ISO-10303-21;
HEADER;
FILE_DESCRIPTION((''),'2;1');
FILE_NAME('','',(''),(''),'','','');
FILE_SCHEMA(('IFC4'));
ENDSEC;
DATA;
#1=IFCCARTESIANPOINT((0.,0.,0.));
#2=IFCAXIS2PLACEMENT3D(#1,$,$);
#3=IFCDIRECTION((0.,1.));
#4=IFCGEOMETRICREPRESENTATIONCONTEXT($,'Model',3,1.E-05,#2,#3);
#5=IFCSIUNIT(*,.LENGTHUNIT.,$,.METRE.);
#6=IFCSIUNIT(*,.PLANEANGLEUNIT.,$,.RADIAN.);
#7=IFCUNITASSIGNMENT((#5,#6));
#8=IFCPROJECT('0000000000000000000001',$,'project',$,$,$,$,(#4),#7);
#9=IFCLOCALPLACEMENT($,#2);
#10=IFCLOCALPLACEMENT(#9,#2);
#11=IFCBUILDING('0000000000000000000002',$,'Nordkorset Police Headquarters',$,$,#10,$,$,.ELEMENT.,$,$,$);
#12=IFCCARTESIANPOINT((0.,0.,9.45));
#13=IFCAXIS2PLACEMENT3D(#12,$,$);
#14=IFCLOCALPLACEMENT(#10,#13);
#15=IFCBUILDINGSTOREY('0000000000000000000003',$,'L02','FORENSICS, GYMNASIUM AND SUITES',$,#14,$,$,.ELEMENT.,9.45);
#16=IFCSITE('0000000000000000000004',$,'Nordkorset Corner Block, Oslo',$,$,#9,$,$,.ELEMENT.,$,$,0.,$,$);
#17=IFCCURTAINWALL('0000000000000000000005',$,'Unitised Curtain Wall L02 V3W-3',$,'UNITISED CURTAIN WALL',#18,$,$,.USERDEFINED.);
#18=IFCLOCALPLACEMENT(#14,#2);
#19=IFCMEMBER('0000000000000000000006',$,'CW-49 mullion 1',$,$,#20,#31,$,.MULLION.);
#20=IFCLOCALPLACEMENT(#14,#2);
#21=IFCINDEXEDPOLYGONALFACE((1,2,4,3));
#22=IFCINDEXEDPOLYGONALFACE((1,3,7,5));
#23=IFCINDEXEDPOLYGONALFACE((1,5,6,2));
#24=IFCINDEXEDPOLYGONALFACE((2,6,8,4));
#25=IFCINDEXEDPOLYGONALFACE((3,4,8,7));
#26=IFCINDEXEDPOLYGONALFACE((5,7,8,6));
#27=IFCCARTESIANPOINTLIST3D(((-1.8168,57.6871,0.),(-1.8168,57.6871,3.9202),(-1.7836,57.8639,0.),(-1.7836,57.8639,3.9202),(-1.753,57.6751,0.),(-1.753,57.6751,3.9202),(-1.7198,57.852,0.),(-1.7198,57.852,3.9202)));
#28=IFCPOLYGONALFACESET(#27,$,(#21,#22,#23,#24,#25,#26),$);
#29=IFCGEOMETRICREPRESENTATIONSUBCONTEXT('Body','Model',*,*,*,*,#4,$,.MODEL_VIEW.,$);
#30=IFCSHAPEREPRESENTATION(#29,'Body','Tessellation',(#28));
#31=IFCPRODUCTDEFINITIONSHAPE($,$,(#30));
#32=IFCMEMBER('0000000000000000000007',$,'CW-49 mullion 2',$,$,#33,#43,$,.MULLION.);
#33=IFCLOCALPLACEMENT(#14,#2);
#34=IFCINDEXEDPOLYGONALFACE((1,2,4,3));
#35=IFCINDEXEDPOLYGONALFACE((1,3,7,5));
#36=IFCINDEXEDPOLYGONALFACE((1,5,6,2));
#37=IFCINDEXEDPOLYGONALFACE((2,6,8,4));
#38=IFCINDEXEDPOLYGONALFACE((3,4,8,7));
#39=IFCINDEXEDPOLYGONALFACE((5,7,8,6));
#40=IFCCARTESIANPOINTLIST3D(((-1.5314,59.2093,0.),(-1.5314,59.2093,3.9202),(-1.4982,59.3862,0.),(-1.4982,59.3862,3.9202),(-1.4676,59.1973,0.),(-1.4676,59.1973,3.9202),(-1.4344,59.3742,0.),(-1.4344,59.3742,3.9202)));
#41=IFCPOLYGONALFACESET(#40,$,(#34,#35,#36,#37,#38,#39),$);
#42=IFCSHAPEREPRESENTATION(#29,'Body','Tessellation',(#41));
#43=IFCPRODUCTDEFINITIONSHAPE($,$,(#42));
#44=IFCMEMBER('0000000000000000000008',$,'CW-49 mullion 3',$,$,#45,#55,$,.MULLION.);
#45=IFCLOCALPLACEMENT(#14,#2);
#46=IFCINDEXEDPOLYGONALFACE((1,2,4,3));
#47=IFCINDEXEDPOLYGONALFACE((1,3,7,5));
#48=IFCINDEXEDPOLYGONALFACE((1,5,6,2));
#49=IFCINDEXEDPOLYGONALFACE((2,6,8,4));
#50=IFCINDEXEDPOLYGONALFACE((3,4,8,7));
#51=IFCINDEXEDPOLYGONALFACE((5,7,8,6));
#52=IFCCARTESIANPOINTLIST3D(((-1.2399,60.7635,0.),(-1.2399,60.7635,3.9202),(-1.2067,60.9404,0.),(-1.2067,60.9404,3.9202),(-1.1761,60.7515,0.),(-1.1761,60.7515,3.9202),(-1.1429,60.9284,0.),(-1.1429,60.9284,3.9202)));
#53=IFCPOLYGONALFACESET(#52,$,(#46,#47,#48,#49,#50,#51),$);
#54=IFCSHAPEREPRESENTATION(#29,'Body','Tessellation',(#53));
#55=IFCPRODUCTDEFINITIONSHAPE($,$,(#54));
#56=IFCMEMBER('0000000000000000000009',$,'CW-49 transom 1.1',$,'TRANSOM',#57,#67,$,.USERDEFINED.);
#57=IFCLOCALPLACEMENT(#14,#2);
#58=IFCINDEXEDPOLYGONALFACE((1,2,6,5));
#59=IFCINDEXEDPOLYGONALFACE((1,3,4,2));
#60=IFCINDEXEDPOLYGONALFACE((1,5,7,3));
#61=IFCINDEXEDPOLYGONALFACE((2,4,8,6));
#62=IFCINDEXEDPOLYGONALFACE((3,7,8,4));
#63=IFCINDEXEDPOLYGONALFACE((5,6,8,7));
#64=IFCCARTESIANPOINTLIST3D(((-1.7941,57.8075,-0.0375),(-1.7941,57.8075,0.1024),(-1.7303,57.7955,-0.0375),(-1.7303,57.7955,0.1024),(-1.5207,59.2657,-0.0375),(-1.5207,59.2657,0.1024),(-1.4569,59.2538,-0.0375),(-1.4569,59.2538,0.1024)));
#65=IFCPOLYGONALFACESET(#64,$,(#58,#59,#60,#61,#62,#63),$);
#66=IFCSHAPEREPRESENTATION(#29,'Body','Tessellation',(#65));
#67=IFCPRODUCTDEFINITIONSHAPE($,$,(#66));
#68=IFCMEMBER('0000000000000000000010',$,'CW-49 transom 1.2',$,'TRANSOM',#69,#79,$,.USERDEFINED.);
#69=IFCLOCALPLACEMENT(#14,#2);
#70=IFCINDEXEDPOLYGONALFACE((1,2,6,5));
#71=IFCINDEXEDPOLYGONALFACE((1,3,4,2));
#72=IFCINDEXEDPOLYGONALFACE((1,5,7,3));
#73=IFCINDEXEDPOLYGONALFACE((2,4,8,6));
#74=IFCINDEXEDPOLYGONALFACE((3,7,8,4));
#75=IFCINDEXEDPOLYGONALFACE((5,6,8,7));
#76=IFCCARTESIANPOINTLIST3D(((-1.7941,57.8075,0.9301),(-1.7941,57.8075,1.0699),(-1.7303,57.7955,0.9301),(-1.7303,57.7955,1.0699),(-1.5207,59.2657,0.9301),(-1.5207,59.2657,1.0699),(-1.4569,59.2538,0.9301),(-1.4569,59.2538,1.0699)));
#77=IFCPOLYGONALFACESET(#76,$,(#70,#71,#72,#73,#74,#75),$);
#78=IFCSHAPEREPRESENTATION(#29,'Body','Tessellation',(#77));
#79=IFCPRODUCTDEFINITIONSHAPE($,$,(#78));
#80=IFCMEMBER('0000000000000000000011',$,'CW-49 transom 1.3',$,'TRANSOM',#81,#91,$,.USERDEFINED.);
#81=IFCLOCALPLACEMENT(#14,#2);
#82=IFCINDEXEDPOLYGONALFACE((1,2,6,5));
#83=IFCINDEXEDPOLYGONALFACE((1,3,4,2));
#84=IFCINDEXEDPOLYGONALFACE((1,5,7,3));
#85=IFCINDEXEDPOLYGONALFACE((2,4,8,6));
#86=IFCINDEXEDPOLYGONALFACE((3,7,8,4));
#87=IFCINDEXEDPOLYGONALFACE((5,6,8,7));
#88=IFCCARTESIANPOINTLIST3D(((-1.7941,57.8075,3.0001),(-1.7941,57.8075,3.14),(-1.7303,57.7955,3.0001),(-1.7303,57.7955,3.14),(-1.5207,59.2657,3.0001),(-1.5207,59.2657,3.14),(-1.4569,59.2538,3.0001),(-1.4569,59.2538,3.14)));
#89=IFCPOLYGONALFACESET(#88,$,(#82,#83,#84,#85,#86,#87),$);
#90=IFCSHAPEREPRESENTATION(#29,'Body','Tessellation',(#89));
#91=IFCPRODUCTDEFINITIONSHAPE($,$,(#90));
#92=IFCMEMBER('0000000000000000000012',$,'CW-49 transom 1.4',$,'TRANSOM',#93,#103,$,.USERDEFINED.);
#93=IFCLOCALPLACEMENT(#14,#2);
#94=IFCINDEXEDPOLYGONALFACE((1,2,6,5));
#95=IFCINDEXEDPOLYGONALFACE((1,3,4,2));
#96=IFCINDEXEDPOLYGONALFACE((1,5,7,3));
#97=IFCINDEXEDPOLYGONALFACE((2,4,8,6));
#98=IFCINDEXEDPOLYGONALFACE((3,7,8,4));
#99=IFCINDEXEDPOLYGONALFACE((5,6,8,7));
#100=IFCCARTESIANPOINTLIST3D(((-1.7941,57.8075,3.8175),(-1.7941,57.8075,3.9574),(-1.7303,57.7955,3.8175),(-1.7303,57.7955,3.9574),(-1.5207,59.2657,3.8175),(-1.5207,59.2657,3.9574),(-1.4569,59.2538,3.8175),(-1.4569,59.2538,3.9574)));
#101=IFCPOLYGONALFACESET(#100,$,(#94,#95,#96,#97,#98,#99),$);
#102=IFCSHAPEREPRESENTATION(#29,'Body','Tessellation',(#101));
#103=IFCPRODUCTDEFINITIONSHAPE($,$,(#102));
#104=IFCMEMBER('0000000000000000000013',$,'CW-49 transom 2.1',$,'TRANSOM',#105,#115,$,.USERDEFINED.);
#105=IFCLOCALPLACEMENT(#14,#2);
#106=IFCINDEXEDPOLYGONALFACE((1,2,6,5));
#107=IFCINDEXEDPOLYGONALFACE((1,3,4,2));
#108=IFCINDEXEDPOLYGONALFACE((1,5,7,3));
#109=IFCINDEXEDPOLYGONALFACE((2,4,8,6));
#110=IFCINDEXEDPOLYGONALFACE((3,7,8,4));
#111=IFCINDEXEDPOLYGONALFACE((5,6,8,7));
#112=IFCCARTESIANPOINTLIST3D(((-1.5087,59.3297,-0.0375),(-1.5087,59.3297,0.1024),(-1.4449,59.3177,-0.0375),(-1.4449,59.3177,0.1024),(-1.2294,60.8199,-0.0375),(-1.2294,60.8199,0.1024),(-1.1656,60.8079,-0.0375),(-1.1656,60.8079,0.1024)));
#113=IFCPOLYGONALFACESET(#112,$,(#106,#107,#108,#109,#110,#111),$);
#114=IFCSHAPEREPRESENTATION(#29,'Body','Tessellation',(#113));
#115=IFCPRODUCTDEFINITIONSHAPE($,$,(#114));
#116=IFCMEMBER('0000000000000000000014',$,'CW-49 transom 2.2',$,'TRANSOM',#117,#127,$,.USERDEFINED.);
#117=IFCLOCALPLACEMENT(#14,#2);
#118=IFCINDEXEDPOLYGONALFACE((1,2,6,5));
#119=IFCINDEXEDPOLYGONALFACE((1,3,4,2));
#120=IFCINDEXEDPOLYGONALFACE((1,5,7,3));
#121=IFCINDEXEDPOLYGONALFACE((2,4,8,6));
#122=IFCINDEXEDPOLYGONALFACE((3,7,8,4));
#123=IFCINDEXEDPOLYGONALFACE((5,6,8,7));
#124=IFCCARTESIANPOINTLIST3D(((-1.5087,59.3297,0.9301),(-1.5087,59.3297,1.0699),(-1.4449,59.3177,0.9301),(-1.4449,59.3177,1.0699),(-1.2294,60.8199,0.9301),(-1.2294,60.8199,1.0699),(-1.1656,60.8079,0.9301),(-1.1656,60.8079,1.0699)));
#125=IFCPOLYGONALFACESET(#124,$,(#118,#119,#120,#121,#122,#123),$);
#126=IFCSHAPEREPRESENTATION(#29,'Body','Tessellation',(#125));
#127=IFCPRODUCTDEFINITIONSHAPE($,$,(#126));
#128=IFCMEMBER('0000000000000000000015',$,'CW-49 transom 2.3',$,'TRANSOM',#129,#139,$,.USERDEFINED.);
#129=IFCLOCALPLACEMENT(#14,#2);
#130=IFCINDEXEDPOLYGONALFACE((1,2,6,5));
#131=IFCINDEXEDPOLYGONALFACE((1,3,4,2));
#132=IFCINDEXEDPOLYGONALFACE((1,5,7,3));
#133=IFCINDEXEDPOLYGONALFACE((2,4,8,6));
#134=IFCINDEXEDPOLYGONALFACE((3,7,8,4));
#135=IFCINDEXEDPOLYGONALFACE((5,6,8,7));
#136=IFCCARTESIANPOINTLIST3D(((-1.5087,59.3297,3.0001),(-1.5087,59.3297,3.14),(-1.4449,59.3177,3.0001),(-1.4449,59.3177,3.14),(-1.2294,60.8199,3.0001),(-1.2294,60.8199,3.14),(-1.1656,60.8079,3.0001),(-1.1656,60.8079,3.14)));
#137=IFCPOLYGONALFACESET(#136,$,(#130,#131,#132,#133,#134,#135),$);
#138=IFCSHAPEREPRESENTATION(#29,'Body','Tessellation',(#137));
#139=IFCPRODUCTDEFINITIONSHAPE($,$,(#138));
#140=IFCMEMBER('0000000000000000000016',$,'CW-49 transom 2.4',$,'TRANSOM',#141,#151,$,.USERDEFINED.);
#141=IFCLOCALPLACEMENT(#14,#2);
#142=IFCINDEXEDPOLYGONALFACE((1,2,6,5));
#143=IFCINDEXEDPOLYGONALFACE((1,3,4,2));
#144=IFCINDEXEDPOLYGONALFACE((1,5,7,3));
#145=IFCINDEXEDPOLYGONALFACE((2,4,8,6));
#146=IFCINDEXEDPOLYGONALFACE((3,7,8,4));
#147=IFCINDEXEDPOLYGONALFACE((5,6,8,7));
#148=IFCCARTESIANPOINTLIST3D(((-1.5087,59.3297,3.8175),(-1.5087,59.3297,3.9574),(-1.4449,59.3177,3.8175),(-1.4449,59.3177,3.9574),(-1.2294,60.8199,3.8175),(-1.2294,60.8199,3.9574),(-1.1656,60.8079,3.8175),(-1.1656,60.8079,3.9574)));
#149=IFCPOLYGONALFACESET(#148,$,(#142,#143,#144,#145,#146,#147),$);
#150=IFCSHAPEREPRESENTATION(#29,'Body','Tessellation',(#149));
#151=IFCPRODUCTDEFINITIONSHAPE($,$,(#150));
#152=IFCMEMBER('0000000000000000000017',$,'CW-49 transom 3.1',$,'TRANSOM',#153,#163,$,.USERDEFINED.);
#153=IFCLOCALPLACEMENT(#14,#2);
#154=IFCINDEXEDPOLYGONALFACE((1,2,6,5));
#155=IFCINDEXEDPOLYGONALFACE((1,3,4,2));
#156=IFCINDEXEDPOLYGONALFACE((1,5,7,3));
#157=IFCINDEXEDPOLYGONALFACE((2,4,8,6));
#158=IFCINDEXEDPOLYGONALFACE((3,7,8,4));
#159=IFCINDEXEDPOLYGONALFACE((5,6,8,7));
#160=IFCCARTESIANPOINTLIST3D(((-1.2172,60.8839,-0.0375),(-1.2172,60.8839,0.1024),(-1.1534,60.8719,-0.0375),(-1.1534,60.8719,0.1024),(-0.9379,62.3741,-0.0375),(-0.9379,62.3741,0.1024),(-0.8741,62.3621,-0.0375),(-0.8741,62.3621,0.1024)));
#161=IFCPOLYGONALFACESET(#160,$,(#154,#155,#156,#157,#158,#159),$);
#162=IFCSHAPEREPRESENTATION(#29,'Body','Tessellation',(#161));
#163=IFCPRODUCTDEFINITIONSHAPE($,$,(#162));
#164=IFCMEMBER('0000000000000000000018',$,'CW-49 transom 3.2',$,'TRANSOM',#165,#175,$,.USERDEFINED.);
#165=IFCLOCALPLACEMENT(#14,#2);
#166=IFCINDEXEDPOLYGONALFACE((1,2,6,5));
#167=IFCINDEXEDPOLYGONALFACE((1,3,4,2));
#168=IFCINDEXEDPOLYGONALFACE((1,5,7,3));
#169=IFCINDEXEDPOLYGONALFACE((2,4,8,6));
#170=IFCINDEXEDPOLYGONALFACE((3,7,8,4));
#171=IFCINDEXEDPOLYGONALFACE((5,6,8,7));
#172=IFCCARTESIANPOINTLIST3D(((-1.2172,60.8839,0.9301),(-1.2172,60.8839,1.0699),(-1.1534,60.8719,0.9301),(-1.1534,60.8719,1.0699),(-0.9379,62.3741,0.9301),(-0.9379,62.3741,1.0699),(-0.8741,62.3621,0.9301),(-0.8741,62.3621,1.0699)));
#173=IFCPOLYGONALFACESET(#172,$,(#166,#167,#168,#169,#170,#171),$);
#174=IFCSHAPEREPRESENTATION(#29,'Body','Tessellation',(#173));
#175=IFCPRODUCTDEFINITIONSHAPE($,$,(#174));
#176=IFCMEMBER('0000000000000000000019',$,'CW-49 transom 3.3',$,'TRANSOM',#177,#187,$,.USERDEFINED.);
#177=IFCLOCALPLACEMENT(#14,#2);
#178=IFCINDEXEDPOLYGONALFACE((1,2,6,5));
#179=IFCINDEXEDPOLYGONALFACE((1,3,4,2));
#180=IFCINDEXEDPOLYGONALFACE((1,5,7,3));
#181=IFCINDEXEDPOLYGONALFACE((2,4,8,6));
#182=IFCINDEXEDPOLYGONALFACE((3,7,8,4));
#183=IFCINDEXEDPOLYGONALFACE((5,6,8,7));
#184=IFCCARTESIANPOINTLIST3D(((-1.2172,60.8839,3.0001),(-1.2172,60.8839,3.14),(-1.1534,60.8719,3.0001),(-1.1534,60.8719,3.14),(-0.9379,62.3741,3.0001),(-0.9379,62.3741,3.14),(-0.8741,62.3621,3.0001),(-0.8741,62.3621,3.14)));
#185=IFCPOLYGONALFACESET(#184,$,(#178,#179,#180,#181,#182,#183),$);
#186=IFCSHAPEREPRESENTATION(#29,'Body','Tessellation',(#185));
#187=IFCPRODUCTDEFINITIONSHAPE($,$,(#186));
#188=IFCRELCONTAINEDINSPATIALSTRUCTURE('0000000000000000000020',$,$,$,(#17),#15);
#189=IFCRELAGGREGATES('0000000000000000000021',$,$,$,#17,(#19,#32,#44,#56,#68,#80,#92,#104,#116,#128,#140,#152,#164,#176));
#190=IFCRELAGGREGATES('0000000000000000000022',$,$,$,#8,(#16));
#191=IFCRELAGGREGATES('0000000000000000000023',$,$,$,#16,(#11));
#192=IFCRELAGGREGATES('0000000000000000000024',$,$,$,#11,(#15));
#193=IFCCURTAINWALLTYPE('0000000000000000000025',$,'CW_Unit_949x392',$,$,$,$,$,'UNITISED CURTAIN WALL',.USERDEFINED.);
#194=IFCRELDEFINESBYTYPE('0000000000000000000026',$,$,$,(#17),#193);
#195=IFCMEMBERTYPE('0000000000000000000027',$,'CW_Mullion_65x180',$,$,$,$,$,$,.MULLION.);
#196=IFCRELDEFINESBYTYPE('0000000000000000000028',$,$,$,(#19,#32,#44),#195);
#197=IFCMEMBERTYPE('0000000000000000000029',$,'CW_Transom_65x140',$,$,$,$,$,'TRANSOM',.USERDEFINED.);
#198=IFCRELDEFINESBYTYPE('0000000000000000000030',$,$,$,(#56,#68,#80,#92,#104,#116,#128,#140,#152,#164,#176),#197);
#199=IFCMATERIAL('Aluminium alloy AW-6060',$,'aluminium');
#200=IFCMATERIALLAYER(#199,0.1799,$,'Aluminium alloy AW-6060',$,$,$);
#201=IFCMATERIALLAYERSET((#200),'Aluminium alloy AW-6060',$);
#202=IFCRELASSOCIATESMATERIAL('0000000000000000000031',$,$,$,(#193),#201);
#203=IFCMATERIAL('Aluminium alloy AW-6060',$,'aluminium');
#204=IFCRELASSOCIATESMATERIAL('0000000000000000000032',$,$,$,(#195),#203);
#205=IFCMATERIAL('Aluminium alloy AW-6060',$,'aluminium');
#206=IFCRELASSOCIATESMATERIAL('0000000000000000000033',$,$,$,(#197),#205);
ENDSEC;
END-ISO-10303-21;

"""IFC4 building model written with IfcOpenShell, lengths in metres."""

from ifc_helpers import new_model, si_unit, direction, frame, origin, origin_2d, place, context, subcontext, project, spatial, rectangle, extrude, material, layer, layer_set, material_profile, profile_set, type_object, element, aggregate, save


model = new_model("IFC4")

# Units and contexts
model_context = context("Model", 3, precision=1e-05, world=origin(), true_north=direction((0.0, 1.0)))
body_context = subcontext(model_context, "Body", "Model", "MODEL_VIEW")
ifc_project = project(units=[si_unit("LENGTHUNIT", "METRE"), si_unit("PLANEANGLEUNIT", "RADIAN")], contexts=[model_context])

# Site, building, storey
site_placement = place(None, origin())
site = spatial("IfcSite", under=ifc_project, at=site_placement, Name="Nordkorset Corner Block, Oslo", CompositionType="ELEMENT", RefElevation=0.0)
building_placement = place(site_placement, origin())
building = spatial("IfcBuilding", under=site, at=building_placement, Name="Nordkorset Police Headquarters", CompositionType="ELEMENT")
storey_placement = place(building_placement, frame((0.0, 0.0, 9.45)))
storey = spatial("IfcBuildingStorey", under=building, at=storey_placement, Name="L02", Description="FORENSICS, GYMNASIUM AND SUITES", CompositionType="ELEMENT", Elevation=9.45)

# Curtain wall, members
ifc_material_1 = material(Name="Aluminium alloy AW-6060", Category="aluminium")
ifc_layer_1 = layer(ifc_material_1, 0.1799, Name="Aluminium alloy AW-6060")
ifc_layer_set_1 = layer_set([ifc_layer_1], Name="Aluminium alloy AW-6060")
curtain_wall_type = type_object("IfcCurtainWallType", Name="CW_Unit_949x392", ElementType="UNITISED CURTAIN WALL", PredefinedType="USERDEFINED", material=ifc_layer_set_1)
curtain_wall_placement = place(storey_placement, origin())
curtain_wall = element("IfcCurtainWall", 1, at=curtain_wall_placement, inside=storey, type_object=curtain_wall_type, Name="Unitised Curtain Wall L02 V3W-3", ObjectType="UNITISED CURTAIN WALL", PredefinedType="USERDEFINED")
ifc_material_2 = material(Name="Aluminium alloy AW-6060", Category="aluminium")
ifc_material_profile_1 = material_profile(ifc_material_2, rectangle(XDim=0.0649, YDim=0.1799, at=origin_2d()), Name="ALU MULL 65x180")
ifc_profile_set_1 = profile_set([ifc_material_profile_1], Name="Aluminium alloy AW-6060")
member_type_1 = type_object("IfcMemberType", Name="CW_Mullion_65x180", PredefinedType="MULLION", material=ifc_profile_set_1)
member_1_placement = place(storey_placement, frame((-1.7683, 57.7695, 0.0), z_axis=(0.0, 0.0, 1.0), x_axis=(-0.982872, 0.184289, 0.0)))
member_1 = element("IfcMember", 2, at=member_1_placement, type_object=member_type_1, Name="CW-49 mullion 1", PredefinedType="MULLION", context=body_context, shape_type="SweptSolid", body=[
    extrude(rectangle(XDim=0.0649, YDim=0.1799, at=origin_2d()), origin(), (0.0, 0.0, 1.0), 3.9202),
])
member_2_placement = place(storey_placement, frame((-1.4829, 59.2917, 0.0), z_axis=(0.0, 0.0, 1.0), x_axis=(-0.982872, 0.184289, 0.0)))
member_2 = element("IfcMember", 3, at=member_2_placement, type_object=member_type_1, Name="CW-49 mullion 2", PredefinedType="MULLION", context=body_context, shape_type="SweptSolid", body=[
    extrude(rectangle(XDim=0.0649, YDim=0.1799, at=origin_2d()), origin(), (0.0, 0.0, 1.0), 3.9202),
])
member_3_placement = place(storey_placement, frame((-1.1914, 60.8459, 0.0), z_axis=(0.0, 0.0, 1.0), x_axis=(-0.982872, 0.184289, 0.0)))
member_3 = element("IfcMember", 4, at=member_3_placement, type_object=member_type_1, Name="CW-49 mullion 3", PredefinedType="MULLION", context=body_context, shape_type="SweptSolid", body=[
    extrude(rectangle(XDim=0.0649, YDim=0.1799, at=origin_2d()), origin(), (0.0, 0.0, 1.0), 3.9202),
])
ifc_material_3 = material(Name="Aluminium alloy AW-6060", Category="aluminium")
ifc_material_profile_2 = material_profile(ifc_material_3, rectangle(XDim=0.0649, YDim=0.1399, at=origin_2d()), Name="ALU TRAN 65x140")
ifc_profile_set_2 = profile_set([ifc_material_profile_2], Name="Aluminium alloy AW-6060")
member_type_2 = type_object("IfcMemberType", Name="CW_Transom_65x140", ElementType="TRANSOM", PredefinedType="USERDEFINED", material=ifc_profile_set_2)
member_4_placement = place(storey_placement, frame((-1.7622, 57.8015, 0.0325), z_axis=(0.184298, 0.98287, 0.0), x_axis=(-0.98287, 0.184298, 0.0)))
member_4 = element("IfcMember", 5, at=member_4_placement, type_object=member_type_2, Name="CW-49 transom 1.1", ObjectType="TRANSOM", PredefinedType="USERDEFINED", context=body_context, shape_type="SweptSolid", body=[
    extrude(rectangle(XDim=0.0649, YDim=0.1399, at=origin_2d()), origin(), (0.0, 0.0, 1.0), 1.4836),
])
member_5_placement = place(storey_placement, frame((-1.7622, 57.8015, 1.0), z_axis=(0.184298, 0.98287, 0.0), x_axis=(-0.98287, 0.184298, 0.0)))
member_5 = element("IfcMember", 6, at=member_5_placement, type_object=member_type_2, Name="CW-49 transom 1.2", ObjectType="TRANSOM", PredefinedType="USERDEFINED", context=body_context, shape_type="SweptSolid", body=[
    extrude(rectangle(XDim=0.0649, YDim=0.1399, at=origin_2d()), origin(), (0.0, 0.0, 1.0), 1.4836),
])
member_6_placement = place(storey_placement, frame((-1.7622, 57.8015, 3.0701), z_axis=(0.184298, 0.98287, 0.0), x_axis=(-0.98287, 0.184298, 0.0)))
member_6 = element("IfcMember", 7, at=member_6_placement, type_object=member_type_2, Name="CW-49 transom 1.3", ObjectType="TRANSOM", PredefinedType="USERDEFINED", context=body_context, shape_type="SweptSolid", body=[
    extrude(rectangle(XDim=0.0649, YDim=0.1399, at=origin_2d()), origin(), (0.0, 0.0, 1.0), 1.4836),
])
member_7_placement = place(storey_placement, frame((-1.7622, 57.8015, 3.8875), z_axis=(0.184298, 0.98287, 0.0), x_axis=(-0.98287, 0.184298, 0.0)))
member_7 = element("IfcMember", 8, at=member_7_placement, type_object=member_type_2, Name="CW-49 transom 1.4", ObjectType="TRANSOM", PredefinedType="USERDEFINED", context=body_context, shape_type="SweptSolid", body=[
    extrude(rectangle(XDim=0.0649, YDim=0.1399, at=origin_2d()), origin(), (0.0, 0.0, 1.0), 1.4836),
])
member_8_placement = place(storey_placement, frame((-1.4768, 59.3237, 0.0325), z_axis=(0.184211, 0.982887, 0.0), x_axis=(-0.982887, 0.184211, 0.0)))
member_8 = element("IfcMember", 9, at=member_8_placement, type_object=member_type_2, Name="CW-49 transom 2.1", ObjectType="TRANSOM", PredefinedType="USERDEFINED", context=body_context, shape_type="SweptSolid", body=[
    extrude(rectangle(XDim=0.0649, YDim=0.1399, at=origin_2d()), origin(), (0.0, 0.0, 1.0), 1.5161),
])
member_9_placement = place(storey_placement, frame((-1.4768, 59.3237, 1.0), z_axis=(0.184211, 0.982887, 0.0), x_axis=(-0.982887, 0.184211, 0.0)))
member_9 = element("IfcMember", 10, at=member_9_placement, type_object=member_type_2, Name="CW-49 transom 2.2", ObjectType="TRANSOM", PredefinedType="USERDEFINED", context=body_context, shape_type="SweptSolid", body=[
    extrude(rectangle(XDim=0.0649, YDim=0.1399, at=origin_2d()), origin(), (0.0, 0.0, 1.0), 1.5161),
])
member_10_placement = place(storey_placement, frame((-1.4768, 59.3237, 3.0701), z_axis=(0.184211, 0.982887, 0.0), x_axis=(-0.982887, 0.184211, 0.0)))
member_10 = element("IfcMember", 11, at=member_10_placement, type_object=member_type_2, Name="CW-49 transom 2.3", ObjectType="TRANSOM", PredefinedType="USERDEFINED", context=body_context, shape_type="SweptSolid", body=[
    extrude(rectangle(XDim=0.0649, YDim=0.1399, at=origin_2d()), origin(), (0.0, 0.0, 1.0), 1.5161),
])
member_11_placement = place(storey_placement, frame((-1.4768, 59.3237, 3.8875), z_axis=(0.184211, 0.982887, 0.0), x_axis=(-0.982887, 0.184211, 0.0)))
member_11 = element("IfcMember", 12, at=member_11_placement, type_object=member_type_2, Name="CW-49 transom 2.4", ObjectType="TRANSOM", PredefinedType="USERDEFINED", context=body_context, shape_type="SweptSolid", body=[
    extrude(rectangle(XDim=0.0649, YDim=0.1399, at=origin_2d()), origin(), (0.0, 0.0, 1.0), 1.5161),
])
member_12_placement = place(storey_placement, frame((-1.1853, 60.8779, 0.0325), z_axis=(0.184211, 0.982887, 0.0), x_axis=(-0.982887, 0.184211, 0.0)))
member_12 = element("IfcMember", 13, at=member_12_placement, type_object=member_type_2, Name="CW-49 transom 3.1", ObjectType="TRANSOM", PredefinedType="USERDEFINED", context=body_context, shape_type="SweptSolid", body=[
    extrude(rectangle(XDim=0.0649, YDim=0.1399, at=origin_2d()), origin(), (0.0, 0.0, 1.0), 1.5161),
])
member_13_placement = place(storey_placement, frame((-1.1853, 60.8779, 1.0), z_axis=(0.184211, 0.982887, 0.0), x_axis=(-0.982887, 0.184211, 0.0)))
member_13 = element("IfcMember", 14, at=member_13_placement, type_object=member_type_2, Name="CW-49 transom 3.2", ObjectType="TRANSOM", PredefinedType="USERDEFINED", context=body_context, shape_type="SweptSolid", body=[
    extrude(rectangle(XDim=0.0649, YDim=0.1399, at=origin_2d()), origin(), (0.0, 0.0, 1.0), 1.5161),
])
member_14_placement = place(storey_placement, frame((-1.1853, 60.8779, 3.0701), z_axis=(0.184211, 0.982887, 0.0), x_axis=(-0.982887, 0.184211, 0.0)))
member_14 = element("IfcMember", 15, at=member_14_placement, type_object=member_type_2, Name="CW-49 transom 3.3", ObjectType="TRANSOM", PredefinedType="USERDEFINED", context=body_context, shape_type="SweptSolid", body=[
    extrude(rectangle(XDim=0.0649, YDim=0.1399, at=origin_2d()), origin(), (0.0, 0.0, 1.0), 1.5161),
])
aggregate(curtain_wall, [member_1, member_2, member_3, member_4, member_5, member_6, member_7, member_8, member_9, member_10, member_11, member_12, member_13, member_14])

save(model, "model.ifc")
